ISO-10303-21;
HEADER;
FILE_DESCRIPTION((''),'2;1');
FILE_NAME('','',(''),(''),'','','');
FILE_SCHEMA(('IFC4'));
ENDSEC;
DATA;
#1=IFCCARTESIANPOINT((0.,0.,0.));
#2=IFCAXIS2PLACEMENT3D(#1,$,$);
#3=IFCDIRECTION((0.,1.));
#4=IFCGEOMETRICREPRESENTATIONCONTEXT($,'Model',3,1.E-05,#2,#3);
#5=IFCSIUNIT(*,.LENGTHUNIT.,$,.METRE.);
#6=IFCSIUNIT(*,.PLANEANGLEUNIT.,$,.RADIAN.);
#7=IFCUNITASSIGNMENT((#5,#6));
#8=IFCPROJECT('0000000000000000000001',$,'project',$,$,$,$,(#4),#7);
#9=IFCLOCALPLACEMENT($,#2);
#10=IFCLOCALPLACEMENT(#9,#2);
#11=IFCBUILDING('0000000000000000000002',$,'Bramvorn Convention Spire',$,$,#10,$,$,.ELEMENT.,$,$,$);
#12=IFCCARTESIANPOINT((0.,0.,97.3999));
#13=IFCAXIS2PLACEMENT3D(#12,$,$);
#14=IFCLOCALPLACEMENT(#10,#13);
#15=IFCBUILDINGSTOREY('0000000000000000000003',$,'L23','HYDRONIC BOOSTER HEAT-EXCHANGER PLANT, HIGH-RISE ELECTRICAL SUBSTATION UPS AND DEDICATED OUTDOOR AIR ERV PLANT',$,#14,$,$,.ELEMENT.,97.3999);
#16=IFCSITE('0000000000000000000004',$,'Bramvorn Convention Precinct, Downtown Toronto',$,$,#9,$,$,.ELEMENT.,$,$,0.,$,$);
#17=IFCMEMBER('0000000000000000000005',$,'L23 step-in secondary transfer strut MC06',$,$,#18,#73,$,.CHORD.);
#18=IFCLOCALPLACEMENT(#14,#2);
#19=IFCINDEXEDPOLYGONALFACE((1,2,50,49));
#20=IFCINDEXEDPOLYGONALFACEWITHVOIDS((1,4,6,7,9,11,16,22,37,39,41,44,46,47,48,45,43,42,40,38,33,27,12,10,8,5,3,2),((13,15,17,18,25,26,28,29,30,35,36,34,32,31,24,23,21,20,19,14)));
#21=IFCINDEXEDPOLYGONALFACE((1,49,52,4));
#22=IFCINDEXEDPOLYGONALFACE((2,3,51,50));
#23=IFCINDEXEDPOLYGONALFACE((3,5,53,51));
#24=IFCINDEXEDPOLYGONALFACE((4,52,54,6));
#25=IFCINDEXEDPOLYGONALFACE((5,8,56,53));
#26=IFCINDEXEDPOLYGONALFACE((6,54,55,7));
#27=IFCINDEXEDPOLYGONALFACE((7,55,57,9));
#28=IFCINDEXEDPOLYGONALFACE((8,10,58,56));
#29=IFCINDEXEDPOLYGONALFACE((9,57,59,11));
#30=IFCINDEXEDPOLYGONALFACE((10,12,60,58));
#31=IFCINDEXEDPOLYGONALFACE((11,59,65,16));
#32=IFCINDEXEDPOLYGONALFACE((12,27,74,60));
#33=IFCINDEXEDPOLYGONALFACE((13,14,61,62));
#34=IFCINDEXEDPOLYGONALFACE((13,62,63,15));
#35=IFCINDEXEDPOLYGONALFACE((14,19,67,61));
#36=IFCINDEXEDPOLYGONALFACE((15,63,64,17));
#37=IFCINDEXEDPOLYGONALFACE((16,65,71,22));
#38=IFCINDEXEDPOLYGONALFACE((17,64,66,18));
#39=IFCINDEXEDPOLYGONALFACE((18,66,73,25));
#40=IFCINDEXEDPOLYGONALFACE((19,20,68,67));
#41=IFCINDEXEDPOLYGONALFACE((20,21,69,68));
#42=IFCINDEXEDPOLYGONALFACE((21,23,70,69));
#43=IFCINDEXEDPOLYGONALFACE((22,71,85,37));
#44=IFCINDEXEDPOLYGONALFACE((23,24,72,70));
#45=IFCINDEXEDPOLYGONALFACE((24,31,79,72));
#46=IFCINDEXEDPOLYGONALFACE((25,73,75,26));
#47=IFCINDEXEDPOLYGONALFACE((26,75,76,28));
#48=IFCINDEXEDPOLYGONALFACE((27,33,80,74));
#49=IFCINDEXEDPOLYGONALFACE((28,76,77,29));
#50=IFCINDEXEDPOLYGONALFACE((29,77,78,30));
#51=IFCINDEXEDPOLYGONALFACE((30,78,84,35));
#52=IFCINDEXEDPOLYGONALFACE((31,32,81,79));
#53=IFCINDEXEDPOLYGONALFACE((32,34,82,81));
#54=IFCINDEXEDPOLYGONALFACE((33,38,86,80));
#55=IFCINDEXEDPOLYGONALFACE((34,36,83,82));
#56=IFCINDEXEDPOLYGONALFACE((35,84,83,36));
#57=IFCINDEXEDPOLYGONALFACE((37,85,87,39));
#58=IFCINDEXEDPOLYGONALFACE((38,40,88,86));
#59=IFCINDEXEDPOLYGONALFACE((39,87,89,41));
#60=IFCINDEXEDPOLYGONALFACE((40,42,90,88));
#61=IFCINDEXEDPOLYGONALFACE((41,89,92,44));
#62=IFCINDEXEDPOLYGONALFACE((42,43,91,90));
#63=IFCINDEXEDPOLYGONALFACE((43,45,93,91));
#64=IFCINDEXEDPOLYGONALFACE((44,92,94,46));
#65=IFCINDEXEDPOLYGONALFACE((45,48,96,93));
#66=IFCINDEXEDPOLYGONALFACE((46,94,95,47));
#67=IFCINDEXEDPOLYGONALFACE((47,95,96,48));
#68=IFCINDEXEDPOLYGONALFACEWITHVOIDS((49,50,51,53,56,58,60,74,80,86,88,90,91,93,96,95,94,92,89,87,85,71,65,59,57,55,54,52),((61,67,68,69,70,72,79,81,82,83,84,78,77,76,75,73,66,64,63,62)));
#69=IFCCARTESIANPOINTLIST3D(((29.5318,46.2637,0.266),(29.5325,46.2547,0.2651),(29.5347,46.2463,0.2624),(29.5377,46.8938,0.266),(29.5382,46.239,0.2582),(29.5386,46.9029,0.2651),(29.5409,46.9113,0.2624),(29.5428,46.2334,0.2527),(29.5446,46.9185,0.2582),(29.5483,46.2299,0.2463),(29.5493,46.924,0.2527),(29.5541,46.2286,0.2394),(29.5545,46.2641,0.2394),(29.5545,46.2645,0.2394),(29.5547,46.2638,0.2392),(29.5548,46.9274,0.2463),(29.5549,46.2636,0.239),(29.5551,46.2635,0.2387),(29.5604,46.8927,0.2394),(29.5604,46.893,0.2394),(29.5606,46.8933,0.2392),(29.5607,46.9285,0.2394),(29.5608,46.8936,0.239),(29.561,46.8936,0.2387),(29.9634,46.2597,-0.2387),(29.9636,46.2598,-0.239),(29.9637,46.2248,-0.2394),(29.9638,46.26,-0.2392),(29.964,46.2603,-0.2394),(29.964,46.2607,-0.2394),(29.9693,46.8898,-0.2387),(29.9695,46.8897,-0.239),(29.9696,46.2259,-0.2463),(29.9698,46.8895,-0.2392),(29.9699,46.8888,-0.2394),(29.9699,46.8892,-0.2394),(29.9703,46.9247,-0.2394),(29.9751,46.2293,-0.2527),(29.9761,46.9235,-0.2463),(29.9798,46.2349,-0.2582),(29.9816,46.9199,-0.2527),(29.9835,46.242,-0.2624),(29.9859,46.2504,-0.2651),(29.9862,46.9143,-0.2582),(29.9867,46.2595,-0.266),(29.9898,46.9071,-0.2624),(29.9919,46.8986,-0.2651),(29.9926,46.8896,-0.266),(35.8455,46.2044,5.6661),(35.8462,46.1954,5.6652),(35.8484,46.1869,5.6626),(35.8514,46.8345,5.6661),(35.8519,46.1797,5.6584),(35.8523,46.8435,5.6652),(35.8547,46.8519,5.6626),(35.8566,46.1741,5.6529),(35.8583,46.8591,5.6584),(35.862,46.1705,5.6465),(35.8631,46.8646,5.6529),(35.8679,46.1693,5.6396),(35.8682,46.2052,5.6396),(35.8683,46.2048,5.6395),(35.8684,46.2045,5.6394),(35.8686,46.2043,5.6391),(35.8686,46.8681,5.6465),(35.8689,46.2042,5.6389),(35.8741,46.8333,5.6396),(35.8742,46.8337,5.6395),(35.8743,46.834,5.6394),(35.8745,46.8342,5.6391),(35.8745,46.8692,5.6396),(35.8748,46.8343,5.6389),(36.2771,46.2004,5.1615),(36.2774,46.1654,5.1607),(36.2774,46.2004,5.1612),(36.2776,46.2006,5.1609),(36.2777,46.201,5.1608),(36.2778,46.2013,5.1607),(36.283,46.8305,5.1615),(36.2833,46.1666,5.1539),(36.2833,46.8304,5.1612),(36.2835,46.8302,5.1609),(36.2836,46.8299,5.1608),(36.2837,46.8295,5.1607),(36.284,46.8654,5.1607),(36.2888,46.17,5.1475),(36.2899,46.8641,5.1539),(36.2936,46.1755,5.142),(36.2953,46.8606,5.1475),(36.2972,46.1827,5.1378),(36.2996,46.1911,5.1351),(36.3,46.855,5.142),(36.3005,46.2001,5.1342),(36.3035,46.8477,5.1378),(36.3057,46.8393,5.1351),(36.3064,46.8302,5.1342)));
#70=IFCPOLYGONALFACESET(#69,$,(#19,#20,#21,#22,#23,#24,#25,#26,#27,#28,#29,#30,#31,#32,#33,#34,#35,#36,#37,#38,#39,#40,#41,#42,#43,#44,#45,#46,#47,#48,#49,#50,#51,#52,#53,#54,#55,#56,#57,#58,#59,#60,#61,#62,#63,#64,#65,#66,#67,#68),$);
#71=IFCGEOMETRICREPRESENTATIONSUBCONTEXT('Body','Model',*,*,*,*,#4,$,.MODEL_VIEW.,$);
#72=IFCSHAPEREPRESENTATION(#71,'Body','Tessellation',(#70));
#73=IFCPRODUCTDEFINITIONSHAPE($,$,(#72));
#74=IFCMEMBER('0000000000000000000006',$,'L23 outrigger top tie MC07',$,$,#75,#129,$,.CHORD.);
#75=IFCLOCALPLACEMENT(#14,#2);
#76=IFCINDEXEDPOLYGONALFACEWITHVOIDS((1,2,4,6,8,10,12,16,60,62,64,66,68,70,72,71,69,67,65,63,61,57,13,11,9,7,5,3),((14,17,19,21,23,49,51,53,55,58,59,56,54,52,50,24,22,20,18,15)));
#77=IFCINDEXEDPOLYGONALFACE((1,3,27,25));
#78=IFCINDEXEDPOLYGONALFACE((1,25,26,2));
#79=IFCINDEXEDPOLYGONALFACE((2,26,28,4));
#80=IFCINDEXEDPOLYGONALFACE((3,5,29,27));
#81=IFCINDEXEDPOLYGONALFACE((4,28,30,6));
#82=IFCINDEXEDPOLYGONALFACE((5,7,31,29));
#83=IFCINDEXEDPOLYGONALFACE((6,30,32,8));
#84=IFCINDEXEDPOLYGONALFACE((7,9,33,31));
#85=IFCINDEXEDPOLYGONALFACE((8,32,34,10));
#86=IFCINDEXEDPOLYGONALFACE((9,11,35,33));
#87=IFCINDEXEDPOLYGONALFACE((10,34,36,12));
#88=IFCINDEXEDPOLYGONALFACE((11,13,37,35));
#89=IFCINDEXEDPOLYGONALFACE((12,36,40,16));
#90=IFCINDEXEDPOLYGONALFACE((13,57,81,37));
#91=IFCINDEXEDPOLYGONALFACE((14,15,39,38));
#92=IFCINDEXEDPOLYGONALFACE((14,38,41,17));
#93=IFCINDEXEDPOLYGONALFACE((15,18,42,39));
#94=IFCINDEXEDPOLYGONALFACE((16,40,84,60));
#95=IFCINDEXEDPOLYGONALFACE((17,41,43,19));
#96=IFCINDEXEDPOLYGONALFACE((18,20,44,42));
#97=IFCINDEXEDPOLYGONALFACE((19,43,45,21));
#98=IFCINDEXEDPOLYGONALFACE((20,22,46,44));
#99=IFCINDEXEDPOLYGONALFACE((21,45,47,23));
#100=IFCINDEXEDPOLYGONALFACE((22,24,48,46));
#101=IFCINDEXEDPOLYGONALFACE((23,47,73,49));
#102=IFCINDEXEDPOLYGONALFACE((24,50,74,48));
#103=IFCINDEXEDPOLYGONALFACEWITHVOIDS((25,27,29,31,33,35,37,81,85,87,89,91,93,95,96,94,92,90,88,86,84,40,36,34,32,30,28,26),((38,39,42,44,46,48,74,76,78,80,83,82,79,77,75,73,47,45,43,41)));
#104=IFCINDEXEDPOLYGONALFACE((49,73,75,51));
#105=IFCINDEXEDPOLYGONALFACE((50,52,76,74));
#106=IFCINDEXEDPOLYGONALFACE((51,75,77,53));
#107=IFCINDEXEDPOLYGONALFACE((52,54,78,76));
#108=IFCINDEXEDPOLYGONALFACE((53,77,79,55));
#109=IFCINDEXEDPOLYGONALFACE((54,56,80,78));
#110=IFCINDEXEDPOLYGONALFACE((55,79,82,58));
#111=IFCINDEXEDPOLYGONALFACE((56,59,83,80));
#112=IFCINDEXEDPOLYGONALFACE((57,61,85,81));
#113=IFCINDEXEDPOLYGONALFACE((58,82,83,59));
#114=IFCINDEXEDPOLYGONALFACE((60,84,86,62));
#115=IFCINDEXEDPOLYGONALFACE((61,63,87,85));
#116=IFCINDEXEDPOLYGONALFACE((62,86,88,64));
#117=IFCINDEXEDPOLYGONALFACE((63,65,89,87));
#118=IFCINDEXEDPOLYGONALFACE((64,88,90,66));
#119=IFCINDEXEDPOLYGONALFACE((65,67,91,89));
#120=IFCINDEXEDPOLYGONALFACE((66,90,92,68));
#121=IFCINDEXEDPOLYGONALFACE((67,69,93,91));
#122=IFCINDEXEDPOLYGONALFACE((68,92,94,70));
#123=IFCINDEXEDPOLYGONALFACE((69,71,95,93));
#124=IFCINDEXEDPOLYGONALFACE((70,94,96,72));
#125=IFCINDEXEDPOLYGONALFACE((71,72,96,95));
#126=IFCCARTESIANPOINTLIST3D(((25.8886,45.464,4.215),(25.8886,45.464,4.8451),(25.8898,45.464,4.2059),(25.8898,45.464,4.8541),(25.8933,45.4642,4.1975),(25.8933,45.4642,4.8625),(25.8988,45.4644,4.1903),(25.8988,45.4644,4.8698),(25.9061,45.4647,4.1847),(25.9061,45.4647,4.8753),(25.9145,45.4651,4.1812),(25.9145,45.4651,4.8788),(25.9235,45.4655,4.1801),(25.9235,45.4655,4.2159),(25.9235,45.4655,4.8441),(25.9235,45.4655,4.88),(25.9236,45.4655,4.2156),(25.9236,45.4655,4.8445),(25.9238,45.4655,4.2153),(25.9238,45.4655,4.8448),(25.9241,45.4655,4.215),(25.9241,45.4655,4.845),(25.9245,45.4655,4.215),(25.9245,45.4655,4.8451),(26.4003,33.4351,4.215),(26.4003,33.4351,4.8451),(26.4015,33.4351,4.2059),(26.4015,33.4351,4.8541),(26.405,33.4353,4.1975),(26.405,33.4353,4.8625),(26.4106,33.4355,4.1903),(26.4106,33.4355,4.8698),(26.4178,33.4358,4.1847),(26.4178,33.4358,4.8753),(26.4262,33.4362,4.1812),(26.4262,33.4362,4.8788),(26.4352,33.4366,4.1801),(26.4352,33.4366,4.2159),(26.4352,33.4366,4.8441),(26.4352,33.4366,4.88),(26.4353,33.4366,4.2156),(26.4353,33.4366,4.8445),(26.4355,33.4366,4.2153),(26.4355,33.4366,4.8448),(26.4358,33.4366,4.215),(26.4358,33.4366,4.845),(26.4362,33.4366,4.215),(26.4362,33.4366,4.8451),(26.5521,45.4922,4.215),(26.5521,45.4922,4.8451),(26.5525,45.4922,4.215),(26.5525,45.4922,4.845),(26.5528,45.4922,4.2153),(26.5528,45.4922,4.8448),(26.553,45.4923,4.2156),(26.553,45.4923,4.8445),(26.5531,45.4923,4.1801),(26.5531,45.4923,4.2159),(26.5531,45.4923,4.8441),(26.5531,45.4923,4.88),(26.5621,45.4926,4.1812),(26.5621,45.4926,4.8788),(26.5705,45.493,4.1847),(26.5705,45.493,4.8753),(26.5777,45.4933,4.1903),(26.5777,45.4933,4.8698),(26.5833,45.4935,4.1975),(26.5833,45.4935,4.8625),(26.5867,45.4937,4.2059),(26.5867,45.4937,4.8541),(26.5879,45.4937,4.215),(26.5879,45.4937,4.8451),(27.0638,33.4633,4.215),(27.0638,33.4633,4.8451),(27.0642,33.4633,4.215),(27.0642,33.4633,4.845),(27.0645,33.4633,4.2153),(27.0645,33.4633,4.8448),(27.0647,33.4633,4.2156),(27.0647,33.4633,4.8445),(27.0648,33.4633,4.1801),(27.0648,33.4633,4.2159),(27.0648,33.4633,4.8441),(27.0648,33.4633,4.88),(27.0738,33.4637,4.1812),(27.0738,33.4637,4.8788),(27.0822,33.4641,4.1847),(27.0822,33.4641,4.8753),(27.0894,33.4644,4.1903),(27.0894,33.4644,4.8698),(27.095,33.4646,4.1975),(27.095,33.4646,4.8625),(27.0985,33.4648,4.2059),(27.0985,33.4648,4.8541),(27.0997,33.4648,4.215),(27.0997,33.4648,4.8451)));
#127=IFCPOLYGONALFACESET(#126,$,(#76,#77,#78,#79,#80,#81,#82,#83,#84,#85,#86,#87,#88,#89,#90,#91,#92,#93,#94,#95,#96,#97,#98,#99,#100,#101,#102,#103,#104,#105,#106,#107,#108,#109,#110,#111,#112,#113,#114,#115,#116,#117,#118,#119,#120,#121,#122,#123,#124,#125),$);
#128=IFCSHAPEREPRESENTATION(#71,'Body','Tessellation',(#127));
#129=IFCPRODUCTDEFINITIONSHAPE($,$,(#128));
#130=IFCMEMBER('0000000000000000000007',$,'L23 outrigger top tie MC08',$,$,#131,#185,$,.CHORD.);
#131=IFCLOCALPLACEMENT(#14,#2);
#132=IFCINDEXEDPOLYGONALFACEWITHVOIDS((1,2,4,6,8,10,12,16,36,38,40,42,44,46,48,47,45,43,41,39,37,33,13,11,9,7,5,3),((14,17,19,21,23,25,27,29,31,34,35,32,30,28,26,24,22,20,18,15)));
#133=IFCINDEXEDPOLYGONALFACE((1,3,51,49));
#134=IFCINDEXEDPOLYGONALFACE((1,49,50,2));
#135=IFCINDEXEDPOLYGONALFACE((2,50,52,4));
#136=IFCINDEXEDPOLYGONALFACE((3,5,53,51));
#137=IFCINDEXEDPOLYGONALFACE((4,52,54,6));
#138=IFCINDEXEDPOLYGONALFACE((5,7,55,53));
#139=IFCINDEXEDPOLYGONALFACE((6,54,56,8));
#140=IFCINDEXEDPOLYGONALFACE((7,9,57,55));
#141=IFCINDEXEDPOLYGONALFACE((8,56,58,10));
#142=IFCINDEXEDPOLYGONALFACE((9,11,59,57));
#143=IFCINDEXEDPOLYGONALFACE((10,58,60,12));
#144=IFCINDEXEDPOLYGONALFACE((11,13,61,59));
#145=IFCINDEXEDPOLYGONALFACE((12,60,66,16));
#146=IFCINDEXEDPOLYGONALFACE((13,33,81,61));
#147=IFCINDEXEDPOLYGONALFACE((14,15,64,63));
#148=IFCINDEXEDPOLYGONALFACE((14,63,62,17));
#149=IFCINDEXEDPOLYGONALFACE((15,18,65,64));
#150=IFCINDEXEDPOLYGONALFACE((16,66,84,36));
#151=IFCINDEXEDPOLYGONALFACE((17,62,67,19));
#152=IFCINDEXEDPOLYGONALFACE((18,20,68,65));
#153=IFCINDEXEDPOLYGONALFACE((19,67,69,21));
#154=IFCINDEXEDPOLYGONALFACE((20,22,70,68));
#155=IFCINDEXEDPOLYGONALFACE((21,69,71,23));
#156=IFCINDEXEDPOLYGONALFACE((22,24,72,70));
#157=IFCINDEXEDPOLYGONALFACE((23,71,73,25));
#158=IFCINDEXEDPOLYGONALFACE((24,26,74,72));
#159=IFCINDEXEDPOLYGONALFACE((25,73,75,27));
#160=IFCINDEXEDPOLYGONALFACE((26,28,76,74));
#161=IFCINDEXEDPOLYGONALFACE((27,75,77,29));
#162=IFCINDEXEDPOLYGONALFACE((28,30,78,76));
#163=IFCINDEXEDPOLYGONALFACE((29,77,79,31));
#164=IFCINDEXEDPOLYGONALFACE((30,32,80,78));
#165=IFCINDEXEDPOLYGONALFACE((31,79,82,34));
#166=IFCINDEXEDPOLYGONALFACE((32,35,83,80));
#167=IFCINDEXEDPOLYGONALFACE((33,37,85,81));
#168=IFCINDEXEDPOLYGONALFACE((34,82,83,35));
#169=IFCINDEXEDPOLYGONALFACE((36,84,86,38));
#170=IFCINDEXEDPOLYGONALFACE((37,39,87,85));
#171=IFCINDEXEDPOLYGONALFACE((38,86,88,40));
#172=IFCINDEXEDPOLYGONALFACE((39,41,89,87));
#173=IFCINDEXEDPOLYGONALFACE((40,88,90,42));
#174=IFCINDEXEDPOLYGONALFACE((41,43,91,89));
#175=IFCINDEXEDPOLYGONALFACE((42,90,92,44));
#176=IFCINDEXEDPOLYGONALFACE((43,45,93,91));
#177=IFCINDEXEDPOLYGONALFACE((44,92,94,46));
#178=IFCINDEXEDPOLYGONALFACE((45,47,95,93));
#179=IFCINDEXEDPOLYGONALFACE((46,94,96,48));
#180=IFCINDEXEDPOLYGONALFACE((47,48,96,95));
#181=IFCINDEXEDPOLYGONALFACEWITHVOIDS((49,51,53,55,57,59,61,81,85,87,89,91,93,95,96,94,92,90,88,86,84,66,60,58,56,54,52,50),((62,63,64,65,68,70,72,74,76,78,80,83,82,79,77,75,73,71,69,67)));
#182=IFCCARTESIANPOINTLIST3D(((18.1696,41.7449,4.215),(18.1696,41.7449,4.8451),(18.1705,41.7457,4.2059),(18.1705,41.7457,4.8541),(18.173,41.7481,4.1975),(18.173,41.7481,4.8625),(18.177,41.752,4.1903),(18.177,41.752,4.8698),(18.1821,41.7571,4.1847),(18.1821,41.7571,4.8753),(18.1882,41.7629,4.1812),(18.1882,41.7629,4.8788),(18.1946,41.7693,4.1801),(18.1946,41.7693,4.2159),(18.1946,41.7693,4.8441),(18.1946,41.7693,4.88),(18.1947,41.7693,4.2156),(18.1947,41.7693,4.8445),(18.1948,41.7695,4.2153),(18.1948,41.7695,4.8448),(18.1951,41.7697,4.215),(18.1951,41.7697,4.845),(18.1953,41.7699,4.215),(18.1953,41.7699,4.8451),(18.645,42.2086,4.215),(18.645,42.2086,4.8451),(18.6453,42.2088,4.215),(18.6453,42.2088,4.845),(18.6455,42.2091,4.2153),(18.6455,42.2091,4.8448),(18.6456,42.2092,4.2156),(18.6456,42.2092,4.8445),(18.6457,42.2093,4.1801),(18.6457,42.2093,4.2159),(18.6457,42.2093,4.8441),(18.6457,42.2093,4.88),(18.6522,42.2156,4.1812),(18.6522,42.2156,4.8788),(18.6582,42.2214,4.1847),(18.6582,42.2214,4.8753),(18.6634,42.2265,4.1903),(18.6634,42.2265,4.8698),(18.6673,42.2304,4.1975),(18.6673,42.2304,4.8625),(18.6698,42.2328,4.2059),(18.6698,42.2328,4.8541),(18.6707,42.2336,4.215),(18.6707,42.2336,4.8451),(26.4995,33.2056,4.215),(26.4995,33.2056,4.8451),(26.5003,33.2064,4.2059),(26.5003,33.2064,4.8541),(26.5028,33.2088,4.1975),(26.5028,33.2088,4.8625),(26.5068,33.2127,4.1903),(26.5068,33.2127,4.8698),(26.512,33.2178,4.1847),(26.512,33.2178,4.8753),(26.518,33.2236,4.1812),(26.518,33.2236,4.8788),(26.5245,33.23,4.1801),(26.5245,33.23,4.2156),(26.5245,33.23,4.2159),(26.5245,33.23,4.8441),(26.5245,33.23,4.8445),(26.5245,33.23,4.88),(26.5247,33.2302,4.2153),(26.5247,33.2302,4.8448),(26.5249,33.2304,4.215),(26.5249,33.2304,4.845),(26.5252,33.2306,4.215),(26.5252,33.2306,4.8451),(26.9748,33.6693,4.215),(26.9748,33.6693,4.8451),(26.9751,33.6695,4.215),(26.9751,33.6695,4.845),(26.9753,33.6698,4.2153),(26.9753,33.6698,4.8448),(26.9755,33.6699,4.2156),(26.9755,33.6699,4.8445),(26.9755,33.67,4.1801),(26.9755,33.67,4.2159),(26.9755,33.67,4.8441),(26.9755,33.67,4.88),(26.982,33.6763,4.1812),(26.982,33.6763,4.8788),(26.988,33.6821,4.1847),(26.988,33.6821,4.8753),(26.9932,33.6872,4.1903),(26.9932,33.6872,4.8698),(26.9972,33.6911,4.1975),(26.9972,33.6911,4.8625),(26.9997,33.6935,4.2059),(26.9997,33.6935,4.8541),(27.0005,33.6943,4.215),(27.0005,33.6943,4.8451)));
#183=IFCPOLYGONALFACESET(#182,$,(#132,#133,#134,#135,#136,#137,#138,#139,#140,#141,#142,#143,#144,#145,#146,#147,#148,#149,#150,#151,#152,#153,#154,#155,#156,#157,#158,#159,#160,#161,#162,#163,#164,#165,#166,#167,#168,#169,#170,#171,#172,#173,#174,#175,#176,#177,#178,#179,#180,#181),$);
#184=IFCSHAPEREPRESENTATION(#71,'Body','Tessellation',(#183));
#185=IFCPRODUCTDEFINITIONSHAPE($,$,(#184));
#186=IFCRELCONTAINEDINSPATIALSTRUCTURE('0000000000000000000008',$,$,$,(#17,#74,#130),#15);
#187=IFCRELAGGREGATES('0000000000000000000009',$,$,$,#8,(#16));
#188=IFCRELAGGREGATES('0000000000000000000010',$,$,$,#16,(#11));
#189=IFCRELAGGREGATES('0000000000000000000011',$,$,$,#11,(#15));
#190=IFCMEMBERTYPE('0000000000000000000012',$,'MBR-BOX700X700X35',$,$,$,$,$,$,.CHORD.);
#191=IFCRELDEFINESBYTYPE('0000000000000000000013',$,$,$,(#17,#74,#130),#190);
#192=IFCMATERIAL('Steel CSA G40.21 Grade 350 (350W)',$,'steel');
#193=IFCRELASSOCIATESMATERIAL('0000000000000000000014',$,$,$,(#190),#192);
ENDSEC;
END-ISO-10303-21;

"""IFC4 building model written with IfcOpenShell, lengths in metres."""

from ifc_helpers import new_model, si_unit, direction, frame, origin, origin_2d, place, context, subcontext, project, spatial, hollow_rectangle, extrude, material, material_profile, profile_set, type_object, element, save


model = new_model("IFC4")

# Units and contexts
model_context = context("Model", 3, precision=1e-05, world=origin(), true_north=direction((0.0, 1.0)))
body_context = subcontext(model_context, "Body", "Model", "MODEL_VIEW")
ifc_project = project(units=[si_unit("LENGTHUNIT", "METRE"), si_unit("PLANEANGLEUNIT", "RADIAN")], contexts=[model_context])

# Site, building, storey
site_placement = place(None, origin())
site = spatial("IfcSite", under=ifc_project, at=site_placement, Name="Bramvorn Convention Precinct, Downtown Toronto", CompositionType="ELEMENT", RefElevation=0.0)
building_placement = place(site_placement, origin())
building = spatial("IfcBuilding", under=site, at=building_placement, Name="Bramvorn Convention Spire", CompositionType="ELEMENT")
storey_placement = place(building_placement, frame((0.0, 0.0, 97.3999)))
storey = spatial("IfcBuildingStorey", under=building, at=storey_placement, Name="L23", Description="HYDRONIC BOOSTER HEAT-EXCHANGER PLANT, HIGH-RISE ELECTRICAL SUBSTATION UPS AND DEDICATED OUTDOOR AIR ERV PLANT", CompositionType="ELEMENT", Elevation=97.3999)

# Shared definitions
ifc_material_1 = material(Name="Steel CSA G40.21 Grade 350 (350W)", Category="steel")

# Members
ifc_material_profile_1 = material_profile(ifc_material_1, hollow_rectangle(XDim=0.7, YDim=0.7, WallThickness=0.0349, InnerFilletRadius=0.001, OuterFilletRadius=0.0349, at=origin_2d()))
ifc_profile_set_1 = profile_set([ifc_material_profile_1], Name="Steel CSA G40.21 Grade 350 (350W) - BOX700X700X35")
member_type_1 = type_object("IfcMemberType", Name="MBR-BOX700X700X35", PredefinedType="CHORD", material=ifc_profile_set_1)
member_1_placement = place(storey_placement, frame((29.7622, 46.5767, 0.0), z_axis=(0.759928, -0.007141, 0.649969), x_axis=(0.009396, 0.999956, 0.0)))
element("IfcMember", 1, at=member_1_placement, inside=storey, type_object=member_type_1, Name="L23 step-in secondary transfer strut MC06", PredefinedType="CHORD", context=body_context, shape_type="SweptSolid", body=[
    extrude(hollow_rectangle(XDim=0.7, YDim=0.7, WallThickness=0.0349, InnerFilletRadius=0.001, OuterFilletRadius=0.0349, at=origin_2d()), origin(), (0.0, 0.0, 1.0), 8.3083),
])
member_2_placement = place(storey_placement, frame((26.75, 33.45, 4.53), z_axis=(-0.042503, 0.999096, 0.0), x_axis=(-0.999096, -0.042503, 0.0)))
element("IfcMember", 2, at=member_2_placement, inside=storey, type_object=member_type_1, Name="L23 outrigger top tie MC07", PredefinedType="CHORD", context=body_context, shape_type="SweptSolid", body=[
    extrude(hollow_rectangle(XDim=0.7, YDim=0.7, WallThickness=0.0349, InnerFilletRadius=0.001, OuterFilletRadius=0.0349, at=origin_2d()), origin(), (0.0, 0.0, 1.0), 12.0398),
])
member_3_placement = place(storey_placement, frame((26.75, 33.45, 4.53), z_axis=(-0.698272, 0.715832, 0.0), x_axis=(-0.715832, -0.698272, 0.0)))
element("IfcMember", 3, at=member_3_placement, inside=storey, type_object=member_type_1, Name="L23 outrigger top tie MC08", PredefinedType="CHORD", context=body_context, shape_type="SweptSolid", body=[
    extrude(hollow_rectangle(XDim=0.7, YDim=0.7, WallThickness=0.0349, InnerFilletRadius=0.001, OuterFilletRadius=0.0349, at=origin_2d()), origin(), (0.0, 0.0, 1.0), 11.9292),
])

save(model, "model.ifc")
